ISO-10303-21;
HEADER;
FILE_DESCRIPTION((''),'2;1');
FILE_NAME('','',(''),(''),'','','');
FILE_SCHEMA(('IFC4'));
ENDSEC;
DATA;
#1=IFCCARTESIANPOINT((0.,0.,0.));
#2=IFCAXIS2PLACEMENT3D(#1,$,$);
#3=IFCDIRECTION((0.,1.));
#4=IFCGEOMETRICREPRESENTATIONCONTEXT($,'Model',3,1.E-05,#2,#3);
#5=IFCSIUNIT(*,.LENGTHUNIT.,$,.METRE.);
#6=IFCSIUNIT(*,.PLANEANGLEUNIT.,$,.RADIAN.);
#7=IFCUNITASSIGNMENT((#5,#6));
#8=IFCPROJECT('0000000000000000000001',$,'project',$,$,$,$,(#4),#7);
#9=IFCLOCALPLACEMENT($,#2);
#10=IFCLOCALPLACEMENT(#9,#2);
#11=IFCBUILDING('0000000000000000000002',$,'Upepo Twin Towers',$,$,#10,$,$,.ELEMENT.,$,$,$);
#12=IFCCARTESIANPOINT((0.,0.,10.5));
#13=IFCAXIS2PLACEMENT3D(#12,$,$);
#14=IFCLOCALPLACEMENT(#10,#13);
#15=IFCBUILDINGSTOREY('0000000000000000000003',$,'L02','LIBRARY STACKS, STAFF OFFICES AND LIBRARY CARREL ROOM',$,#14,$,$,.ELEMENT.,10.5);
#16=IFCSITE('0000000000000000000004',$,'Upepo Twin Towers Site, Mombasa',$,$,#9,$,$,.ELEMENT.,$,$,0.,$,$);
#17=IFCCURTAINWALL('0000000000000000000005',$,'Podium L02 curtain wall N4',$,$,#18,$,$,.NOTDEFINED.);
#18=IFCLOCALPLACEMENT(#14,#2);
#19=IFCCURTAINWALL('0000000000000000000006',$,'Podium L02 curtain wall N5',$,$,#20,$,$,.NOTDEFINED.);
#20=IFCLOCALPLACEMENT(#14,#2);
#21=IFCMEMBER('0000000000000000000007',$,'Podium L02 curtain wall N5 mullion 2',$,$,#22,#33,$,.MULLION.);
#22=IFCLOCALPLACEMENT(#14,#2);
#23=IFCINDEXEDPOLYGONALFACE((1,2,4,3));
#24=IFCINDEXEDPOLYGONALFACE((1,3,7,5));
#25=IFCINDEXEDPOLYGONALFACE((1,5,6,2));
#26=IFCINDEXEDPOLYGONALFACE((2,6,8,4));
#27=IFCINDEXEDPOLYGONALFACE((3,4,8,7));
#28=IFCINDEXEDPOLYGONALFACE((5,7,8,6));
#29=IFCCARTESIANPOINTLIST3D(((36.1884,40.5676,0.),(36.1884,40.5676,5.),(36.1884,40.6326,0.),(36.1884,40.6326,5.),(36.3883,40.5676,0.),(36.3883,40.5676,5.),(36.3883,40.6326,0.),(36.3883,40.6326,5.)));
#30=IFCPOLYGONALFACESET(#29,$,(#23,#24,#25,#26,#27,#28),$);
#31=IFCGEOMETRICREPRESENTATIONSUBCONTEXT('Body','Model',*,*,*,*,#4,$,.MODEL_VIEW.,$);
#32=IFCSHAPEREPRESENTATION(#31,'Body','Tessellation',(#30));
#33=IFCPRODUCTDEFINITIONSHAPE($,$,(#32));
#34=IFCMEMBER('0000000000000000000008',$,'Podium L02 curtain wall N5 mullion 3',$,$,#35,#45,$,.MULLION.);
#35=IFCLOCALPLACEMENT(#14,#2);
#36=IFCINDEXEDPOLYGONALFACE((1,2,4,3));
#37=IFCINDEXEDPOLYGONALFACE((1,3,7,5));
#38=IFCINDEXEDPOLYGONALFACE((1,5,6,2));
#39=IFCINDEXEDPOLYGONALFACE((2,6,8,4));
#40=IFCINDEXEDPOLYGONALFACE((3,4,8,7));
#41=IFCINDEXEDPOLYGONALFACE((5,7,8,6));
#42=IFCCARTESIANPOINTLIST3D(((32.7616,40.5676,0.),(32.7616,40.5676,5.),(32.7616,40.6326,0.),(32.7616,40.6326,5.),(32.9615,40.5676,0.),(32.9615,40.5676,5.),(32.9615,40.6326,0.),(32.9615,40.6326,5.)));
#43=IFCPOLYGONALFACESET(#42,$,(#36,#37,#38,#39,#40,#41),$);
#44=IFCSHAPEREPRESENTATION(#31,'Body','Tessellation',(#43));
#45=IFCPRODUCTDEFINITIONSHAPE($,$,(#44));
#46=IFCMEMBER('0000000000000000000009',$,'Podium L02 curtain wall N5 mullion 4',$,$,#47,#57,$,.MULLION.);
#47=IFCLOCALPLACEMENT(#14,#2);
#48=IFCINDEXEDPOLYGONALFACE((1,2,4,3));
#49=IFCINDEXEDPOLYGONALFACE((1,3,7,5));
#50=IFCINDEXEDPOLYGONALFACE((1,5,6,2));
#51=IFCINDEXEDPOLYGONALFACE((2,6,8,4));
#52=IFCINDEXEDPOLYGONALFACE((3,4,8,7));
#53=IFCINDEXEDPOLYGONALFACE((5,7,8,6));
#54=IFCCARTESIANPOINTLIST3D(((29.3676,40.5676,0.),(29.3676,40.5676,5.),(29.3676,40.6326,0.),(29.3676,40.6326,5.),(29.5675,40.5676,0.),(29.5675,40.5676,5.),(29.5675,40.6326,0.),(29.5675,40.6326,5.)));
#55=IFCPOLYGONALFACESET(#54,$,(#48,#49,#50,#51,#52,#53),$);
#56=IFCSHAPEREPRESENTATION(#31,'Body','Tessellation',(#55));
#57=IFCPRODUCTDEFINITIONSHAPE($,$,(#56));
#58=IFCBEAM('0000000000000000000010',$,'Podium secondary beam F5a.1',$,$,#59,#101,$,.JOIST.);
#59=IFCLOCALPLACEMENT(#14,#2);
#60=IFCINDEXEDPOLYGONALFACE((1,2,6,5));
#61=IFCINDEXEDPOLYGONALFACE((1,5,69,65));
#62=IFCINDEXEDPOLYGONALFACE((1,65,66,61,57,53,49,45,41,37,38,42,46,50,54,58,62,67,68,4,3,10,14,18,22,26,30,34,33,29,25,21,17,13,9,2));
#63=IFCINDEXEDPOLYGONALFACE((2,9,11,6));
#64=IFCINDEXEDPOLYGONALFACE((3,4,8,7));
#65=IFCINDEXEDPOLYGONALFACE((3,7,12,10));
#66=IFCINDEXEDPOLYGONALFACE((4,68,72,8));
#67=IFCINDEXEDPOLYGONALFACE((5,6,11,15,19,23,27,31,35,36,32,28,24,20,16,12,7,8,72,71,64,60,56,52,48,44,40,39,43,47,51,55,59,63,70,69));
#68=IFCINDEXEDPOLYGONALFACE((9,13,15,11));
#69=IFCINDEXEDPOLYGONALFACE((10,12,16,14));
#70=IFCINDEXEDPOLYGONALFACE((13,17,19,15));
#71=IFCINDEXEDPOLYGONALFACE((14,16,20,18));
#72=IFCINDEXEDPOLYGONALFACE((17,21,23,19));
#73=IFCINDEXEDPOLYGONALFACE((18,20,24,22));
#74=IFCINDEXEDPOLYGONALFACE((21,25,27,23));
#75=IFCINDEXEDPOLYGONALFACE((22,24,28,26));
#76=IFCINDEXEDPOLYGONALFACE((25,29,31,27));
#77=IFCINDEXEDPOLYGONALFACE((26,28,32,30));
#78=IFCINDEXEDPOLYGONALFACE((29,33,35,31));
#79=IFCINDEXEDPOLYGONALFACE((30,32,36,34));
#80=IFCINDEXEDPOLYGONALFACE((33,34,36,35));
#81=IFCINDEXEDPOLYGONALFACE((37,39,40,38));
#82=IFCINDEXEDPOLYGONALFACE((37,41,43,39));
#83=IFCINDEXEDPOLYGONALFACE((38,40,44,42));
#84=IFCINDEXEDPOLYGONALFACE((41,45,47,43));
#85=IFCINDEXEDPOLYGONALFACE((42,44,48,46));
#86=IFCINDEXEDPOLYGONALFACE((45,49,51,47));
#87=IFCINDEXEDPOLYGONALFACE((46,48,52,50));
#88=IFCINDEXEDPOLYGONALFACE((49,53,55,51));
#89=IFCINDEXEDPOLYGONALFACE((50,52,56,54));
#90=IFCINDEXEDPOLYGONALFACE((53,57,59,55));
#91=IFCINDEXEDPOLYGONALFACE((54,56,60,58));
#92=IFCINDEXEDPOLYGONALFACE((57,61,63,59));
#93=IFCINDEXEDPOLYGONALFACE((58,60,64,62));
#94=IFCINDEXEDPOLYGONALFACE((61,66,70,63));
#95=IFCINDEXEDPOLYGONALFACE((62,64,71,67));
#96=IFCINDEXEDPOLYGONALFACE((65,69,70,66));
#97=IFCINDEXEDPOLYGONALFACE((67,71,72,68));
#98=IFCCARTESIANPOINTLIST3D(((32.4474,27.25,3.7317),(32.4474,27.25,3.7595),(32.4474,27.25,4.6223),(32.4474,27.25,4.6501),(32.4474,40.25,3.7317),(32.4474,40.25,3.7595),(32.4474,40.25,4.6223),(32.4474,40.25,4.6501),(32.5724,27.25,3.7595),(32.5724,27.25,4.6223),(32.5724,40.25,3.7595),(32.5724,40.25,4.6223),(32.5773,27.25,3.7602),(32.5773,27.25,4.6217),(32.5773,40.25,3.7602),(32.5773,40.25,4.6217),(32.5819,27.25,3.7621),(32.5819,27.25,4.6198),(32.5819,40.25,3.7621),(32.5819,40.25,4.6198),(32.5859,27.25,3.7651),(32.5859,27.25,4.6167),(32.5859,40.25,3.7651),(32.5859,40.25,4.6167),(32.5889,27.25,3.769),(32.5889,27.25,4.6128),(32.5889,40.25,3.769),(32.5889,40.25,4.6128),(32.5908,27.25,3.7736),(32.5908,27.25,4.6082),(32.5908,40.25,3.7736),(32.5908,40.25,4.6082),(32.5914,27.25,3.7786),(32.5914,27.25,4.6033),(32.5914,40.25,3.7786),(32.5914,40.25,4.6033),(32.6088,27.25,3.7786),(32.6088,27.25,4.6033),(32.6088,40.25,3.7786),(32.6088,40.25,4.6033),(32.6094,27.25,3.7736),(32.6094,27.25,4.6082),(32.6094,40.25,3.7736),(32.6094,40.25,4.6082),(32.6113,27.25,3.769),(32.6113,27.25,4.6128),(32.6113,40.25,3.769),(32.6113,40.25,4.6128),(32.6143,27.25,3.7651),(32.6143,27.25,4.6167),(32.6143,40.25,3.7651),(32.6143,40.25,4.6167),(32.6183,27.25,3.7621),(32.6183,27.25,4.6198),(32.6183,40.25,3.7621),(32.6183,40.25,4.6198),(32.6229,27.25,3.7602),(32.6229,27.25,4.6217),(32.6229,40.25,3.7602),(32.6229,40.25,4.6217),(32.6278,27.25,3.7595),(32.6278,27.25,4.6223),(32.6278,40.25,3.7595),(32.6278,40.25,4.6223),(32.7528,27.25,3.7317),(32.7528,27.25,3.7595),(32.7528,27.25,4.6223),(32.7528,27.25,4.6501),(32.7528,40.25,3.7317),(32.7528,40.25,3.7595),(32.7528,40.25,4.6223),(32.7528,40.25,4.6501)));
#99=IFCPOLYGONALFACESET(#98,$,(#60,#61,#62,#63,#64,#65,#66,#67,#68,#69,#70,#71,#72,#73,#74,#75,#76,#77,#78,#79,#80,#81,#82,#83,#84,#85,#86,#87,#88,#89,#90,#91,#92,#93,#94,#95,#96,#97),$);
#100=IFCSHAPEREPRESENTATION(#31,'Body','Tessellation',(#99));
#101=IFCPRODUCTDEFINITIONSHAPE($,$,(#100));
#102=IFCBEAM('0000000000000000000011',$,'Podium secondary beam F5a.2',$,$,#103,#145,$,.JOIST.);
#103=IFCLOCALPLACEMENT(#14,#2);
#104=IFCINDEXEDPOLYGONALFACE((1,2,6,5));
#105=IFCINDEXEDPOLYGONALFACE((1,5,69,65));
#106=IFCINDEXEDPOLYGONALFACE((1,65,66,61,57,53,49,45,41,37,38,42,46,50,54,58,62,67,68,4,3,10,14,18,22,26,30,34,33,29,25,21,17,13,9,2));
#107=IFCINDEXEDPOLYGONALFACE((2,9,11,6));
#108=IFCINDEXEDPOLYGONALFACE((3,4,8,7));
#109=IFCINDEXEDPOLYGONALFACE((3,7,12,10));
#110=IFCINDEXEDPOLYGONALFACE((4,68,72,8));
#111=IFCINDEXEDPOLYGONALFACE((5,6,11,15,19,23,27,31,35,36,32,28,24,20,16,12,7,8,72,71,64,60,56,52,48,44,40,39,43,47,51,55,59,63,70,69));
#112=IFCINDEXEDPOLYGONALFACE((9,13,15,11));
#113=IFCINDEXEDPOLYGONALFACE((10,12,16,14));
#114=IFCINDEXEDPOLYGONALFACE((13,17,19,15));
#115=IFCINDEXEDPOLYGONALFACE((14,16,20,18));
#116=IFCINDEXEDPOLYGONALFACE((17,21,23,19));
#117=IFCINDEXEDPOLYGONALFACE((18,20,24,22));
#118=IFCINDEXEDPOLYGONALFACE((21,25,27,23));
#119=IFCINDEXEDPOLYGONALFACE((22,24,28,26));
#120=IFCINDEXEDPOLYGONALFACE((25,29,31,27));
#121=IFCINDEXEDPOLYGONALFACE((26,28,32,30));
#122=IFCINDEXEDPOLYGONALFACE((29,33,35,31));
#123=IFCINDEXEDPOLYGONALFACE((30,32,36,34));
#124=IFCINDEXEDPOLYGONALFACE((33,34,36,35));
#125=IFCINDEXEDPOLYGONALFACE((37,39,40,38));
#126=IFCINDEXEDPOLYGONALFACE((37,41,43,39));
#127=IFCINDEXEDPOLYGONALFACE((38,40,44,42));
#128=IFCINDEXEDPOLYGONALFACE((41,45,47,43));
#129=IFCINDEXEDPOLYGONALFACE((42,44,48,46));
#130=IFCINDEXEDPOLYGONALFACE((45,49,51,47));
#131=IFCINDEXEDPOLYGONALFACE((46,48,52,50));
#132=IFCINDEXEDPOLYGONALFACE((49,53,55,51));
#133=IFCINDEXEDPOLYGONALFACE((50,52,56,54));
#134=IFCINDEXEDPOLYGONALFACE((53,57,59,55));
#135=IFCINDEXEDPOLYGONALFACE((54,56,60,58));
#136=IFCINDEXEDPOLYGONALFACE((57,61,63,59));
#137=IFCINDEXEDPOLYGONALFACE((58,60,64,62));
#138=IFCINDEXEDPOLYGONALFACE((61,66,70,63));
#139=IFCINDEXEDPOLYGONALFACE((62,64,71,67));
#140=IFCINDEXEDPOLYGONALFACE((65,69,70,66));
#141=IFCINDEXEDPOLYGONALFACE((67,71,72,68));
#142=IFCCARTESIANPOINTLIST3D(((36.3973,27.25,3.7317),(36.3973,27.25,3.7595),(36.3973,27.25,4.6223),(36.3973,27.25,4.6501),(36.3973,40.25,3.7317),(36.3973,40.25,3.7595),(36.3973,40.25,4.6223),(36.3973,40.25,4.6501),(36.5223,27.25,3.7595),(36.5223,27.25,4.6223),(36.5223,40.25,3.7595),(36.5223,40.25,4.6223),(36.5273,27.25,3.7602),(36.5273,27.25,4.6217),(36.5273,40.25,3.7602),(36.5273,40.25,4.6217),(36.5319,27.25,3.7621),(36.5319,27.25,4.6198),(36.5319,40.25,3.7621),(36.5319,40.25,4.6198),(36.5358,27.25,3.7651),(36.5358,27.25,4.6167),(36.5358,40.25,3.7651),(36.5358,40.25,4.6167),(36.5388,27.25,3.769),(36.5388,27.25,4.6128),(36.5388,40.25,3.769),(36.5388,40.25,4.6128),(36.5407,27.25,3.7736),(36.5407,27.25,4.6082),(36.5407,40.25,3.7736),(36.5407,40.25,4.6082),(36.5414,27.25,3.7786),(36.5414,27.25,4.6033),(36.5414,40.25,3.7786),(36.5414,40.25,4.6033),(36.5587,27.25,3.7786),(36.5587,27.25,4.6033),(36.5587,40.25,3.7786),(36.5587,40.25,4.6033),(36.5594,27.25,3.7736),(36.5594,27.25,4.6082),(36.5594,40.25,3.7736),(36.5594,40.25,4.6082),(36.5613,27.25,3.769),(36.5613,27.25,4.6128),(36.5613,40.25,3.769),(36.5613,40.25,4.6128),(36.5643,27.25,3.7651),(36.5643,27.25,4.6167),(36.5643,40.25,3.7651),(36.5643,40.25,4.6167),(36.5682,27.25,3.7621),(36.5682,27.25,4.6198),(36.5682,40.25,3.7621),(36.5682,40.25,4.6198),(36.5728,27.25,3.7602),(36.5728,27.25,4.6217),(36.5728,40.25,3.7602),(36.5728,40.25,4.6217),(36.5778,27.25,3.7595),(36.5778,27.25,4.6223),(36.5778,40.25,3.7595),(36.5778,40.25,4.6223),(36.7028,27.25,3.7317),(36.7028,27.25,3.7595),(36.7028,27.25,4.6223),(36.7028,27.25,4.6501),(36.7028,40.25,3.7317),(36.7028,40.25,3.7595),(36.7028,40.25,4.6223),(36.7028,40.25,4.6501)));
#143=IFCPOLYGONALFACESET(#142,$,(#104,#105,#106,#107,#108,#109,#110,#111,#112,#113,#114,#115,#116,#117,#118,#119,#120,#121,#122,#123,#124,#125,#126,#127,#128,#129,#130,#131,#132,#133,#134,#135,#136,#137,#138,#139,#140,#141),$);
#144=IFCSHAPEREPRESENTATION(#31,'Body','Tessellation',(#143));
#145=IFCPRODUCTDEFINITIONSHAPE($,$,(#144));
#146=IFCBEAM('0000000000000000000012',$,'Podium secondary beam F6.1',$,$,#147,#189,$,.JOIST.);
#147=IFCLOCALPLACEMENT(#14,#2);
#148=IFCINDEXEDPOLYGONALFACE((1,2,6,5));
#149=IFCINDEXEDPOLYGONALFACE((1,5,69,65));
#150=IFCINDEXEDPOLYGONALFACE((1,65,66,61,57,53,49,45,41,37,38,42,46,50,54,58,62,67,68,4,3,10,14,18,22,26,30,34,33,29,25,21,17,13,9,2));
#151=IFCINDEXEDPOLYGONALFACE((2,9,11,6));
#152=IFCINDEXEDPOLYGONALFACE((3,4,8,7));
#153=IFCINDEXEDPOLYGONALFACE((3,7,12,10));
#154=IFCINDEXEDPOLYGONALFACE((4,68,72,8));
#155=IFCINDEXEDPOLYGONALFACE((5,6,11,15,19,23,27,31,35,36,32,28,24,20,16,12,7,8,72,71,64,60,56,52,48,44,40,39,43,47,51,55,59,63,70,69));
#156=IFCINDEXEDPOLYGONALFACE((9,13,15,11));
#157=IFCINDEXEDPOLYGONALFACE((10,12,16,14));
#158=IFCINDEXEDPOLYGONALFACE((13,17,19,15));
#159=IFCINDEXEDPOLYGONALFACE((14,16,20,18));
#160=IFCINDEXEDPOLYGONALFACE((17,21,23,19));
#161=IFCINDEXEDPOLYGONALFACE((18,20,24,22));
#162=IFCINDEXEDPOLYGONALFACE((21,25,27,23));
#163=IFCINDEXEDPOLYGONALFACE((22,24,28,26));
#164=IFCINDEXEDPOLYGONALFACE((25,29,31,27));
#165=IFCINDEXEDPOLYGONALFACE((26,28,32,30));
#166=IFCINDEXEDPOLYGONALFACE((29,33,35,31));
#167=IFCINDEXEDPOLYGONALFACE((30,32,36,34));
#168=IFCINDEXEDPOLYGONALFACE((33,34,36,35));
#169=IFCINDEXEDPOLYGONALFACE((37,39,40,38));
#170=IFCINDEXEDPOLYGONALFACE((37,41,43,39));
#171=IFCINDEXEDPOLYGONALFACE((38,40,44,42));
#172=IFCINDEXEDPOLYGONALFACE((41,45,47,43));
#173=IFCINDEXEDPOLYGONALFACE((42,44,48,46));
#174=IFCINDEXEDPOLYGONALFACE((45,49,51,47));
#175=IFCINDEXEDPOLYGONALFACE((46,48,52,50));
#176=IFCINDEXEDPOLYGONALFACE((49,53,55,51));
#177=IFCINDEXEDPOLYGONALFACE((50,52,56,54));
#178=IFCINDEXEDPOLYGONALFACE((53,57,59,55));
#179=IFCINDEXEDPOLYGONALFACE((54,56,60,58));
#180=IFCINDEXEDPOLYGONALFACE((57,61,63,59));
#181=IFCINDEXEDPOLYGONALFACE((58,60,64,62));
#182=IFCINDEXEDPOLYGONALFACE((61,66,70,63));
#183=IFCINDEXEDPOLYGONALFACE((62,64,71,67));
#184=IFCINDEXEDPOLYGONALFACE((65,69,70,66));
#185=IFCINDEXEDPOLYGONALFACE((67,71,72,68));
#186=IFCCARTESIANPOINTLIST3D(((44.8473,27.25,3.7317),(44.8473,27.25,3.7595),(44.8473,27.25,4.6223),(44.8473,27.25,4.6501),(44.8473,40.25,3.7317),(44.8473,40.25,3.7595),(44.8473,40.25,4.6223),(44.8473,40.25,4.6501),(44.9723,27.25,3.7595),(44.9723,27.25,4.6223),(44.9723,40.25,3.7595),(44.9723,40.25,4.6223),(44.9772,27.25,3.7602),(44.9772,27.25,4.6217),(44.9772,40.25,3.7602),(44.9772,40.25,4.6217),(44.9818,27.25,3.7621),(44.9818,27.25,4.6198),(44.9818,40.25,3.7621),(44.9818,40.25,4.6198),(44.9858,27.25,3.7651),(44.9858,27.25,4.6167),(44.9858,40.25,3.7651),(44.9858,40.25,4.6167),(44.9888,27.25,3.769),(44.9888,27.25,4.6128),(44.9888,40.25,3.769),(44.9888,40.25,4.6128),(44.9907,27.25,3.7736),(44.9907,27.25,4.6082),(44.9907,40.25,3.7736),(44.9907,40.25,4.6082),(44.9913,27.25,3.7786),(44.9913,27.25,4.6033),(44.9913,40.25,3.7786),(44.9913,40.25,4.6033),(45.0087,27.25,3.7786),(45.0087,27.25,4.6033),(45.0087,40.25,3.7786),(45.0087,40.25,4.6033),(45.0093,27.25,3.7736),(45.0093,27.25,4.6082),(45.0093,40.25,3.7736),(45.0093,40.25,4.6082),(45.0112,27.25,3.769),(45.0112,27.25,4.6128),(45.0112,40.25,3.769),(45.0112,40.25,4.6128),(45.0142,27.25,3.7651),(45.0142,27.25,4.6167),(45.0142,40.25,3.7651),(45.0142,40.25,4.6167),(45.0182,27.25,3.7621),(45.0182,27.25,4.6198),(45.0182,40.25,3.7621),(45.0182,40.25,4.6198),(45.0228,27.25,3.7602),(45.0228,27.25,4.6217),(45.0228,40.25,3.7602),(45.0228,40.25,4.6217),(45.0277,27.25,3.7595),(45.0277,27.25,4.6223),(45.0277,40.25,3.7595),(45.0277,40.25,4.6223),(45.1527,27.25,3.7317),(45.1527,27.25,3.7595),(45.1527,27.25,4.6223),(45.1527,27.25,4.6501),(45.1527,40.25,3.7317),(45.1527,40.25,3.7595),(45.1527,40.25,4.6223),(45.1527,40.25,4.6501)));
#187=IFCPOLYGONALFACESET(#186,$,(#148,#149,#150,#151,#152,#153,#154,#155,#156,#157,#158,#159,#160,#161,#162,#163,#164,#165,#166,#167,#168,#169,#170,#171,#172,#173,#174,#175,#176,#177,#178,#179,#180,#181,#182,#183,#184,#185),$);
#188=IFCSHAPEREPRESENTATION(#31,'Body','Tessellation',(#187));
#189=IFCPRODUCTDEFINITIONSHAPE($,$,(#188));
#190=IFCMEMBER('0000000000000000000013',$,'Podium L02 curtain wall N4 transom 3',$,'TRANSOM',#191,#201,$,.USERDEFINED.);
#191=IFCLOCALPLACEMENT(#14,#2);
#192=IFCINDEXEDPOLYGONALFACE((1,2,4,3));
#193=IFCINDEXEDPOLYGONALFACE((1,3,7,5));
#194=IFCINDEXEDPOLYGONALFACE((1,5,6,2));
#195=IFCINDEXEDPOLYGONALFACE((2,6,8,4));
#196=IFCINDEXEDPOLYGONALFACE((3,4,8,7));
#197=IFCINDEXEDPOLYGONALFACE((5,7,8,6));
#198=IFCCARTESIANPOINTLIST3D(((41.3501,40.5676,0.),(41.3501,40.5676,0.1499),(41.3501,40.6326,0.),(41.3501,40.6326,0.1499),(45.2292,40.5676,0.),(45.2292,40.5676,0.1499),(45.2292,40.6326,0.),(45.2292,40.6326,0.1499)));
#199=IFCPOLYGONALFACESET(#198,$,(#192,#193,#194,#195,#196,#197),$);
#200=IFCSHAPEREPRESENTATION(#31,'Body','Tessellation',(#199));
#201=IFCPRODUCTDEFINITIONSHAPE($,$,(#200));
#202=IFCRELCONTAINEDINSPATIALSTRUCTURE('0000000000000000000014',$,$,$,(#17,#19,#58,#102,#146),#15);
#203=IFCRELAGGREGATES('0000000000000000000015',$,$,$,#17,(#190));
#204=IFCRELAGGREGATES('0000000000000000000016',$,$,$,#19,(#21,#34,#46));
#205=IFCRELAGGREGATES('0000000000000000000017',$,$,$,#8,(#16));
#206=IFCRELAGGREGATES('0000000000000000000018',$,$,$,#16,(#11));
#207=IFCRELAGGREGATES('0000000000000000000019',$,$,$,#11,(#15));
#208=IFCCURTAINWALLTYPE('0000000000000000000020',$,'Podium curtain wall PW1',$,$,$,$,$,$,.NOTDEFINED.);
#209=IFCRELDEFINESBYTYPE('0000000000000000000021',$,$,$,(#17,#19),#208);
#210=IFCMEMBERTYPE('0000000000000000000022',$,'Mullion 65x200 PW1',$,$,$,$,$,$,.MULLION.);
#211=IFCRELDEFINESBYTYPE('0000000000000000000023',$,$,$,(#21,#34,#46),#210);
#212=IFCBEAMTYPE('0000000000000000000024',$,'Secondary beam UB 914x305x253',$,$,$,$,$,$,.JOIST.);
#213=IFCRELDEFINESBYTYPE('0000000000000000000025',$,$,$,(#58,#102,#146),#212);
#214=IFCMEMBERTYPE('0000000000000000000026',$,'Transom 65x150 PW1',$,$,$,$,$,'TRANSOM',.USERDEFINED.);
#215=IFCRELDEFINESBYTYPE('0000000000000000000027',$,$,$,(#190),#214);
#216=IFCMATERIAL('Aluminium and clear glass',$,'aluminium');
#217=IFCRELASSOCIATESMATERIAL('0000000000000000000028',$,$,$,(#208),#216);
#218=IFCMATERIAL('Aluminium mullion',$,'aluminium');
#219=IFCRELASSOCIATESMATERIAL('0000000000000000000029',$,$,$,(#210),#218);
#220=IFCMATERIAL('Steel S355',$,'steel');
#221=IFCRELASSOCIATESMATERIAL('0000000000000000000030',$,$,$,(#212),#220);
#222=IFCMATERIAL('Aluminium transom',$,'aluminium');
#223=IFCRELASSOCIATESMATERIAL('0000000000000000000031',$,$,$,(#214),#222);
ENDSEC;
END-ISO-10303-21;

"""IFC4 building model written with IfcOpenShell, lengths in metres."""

from ifc_helpers import new_model, si_unit, direction, frame, origin, origin_2d, place, context, subcontext, project, spatial, rectangle, i_section, extrude, material, material_profile, profile_set, type_object, element, aggregate, save


model = new_model("IFC4")

# Units and contexts
model_context = context("Model", 3, precision=1e-05, world=origin(), true_north=direction((0.0, 1.0)))
body_context = subcontext(model_context, "Body", "Model", "MODEL_VIEW")
ifc_project = project(units=[si_unit("LENGTHUNIT", "METRE"), si_unit("PLANEANGLEUNIT", "RADIAN")], contexts=[model_context])

# Site, building, storey
site_placement = place(None, origin())
site = spatial("IfcSite", under=ifc_project, at=site_placement, Name="Upepo Twin Towers Site, Mombasa", CompositionType="ELEMENT", RefElevation=0.0)
building_placement = place(site_placement, origin())
building = spatial("IfcBuilding", under=site, at=building_placement, Name="Upepo Twin Towers", CompositionType="ELEMENT")
storey_placement = place(building_placement, frame((0.0, 0.0, 10.5)))
storey = spatial("IfcBuildingStorey", under=building, at=storey_placement, Name="L02", Description="LIBRARY STACKS, STAFF OFFICES AND LIBRARY CARREL ROOM", CompositionType="ELEMENT", Elevation=10.5)

# Curtain walls, members
ifc_material_1 = material(Name="Aluminium and clear glass", Category="aluminium")
curtain_wall_type = type_object("IfcCurtainWallType", Name="Podium curtain wall PW1", PredefinedType="NOTDEFINED", material=ifc_material_1)
curtain_wall_1_placement = place(storey_placement, origin())
curtain_wall_1 = element("IfcCurtainWall", 1, at=curtain_wall_1_placement, inside=storey, type_object=curtain_wall_type, Name="Podium L02 curtain wall N4", PredefinedType="NOTDEFINED")
ifc_material_2 = material(Name="Aluminium mullion", Category="aluminium")
ifc_material_profile_1 = material_profile(ifc_material_2, rectangle(XDim=0.0649, YDim=0.2, at=origin_2d()), Name="MULLION 65x200 PODIUM")
ifc_profile_set_1 = profile_set([ifc_material_profile_1], Name="Aluminium mullion")
member_type_1 = type_object("IfcMemberType", Name="Mullion 65x200 PW1", PredefinedType="MULLION", material=ifc_profile_set_1)
curtain_wall_2_placement = place(storey_placement, origin())
curtain_wall_2 = element("IfcCurtainWall", 2, at=curtain_wall_2_placement, inside=storey, type_object=curtain_wall_type, Name="Podium L02 curtain wall N5", PredefinedType="NOTDEFINED")
member_1_placement = place(storey_placement, frame((36.2883, 40.6001, 0.0), z_axis=(0.0, 0.0, 1.0), x_axis=(0.0, -1.0, 0.0)))
member_1 = element("IfcMember", 3, at=member_1_placement, type_object=member_type_1, Name="Podium L02 curtain wall N5 mullion 2", PredefinedType="MULLION", context=body_context, shape_type="SweptSolid", body=[
    extrude(rectangle(XDim=0.0649, YDim=0.2, at=origin_2d()), origin(), (0.0, 0.0, 1.0), 5.0),
])
member_2_placement = place(storey_placement, frame((32.8616, 40.6001, 0.0), z_axis=(0.0, 0.0, 1.0), x_axis=(0.0, -1.0, 0.0)))
member_2 = element("IfcMember", 4, at=member_2_placement, type_object=member_type_1, Name="Podium L02 curtain wall N5 mullion 3", PredefinedType="MULLION", context=body_context, shape_type="SweptSolid", body=[
    extrude(rectangle(XDim=0.0649, YDim=0.2, at=origin_2d()), origin(), (0.0, 0.0, 1.0), 5.0),
])
member_3_placement = place(storey_placement, frame((29.4675, 40.6001, 0.0), z_axis=(0.0, 0.0, 1.0), x_axis=(0.0, -1.0, 0.0)))
member_3 = element("IfcMember", 5, at=member_3_placement, type_object=member_type_1, Name="Podium L02 curtain wall N5 mullion 4", PredefinedType="MULLION", context=body_context, shape_type="SweptSolid", body=[
    extrude(rectangle(XDim=0.0649, YDim=0.2, at=origin_2d()), origin(), (0.0, 0.0, 1.0), 5.0),
])

# Beams
ifc_material_3 = material(Name="Steel S355", Category="steel")
ifc_material_profile_2 = material_profile(ifc_material_3, i_section(OverallWidth=0.3054, OverallDepth=0.9185, WebThickness=0.0173, FlangeThickness=0.0278, FilletRadius=0.019, at=origin_2d()), Name="UB 914x305x253")
ifc_profile_set_2 = profile_set([ifc_material_profile_2], Name="Steel S355")
beam_type_1 = type_object("IfcBeamType", Name="Secondary beam UB 914x305x253", PredefinedType="JOIST", material=ifc_profile_set_2)
for number, where, z_axis, x_axis, name in (
    (6, (32.6001, 27.25, 4.1909), (0.0, 1.0, 0.0), (-1.0, 0.0, 0.0), "Podium secondary beam F5a.1"),
    (7, (36.55, 27.25, 4.1909), (0.0, 1.0, 0.0), (-1.0, 0.0, 0.0), "Podium secondary beam F5a.2"),
    (8, (45.0, 27.25, 4.1909), (0.0, 1.0, 0.0), (-1.0, 0.0, 0.0), "Podium secondary beam F6.1"),
):
    element("IfcBeam", number, at=place(storey_placement, frame(where, z_axis=z_axis, x_axis=x_axis)), inside=storey, type_object=beam_type_1, Name=name, PredefinedType="JOIST", context=body_context, shape_type="SweptSolid", body=[
        extrude(i_section(OverallWidth=0.3054, OverallDepth=0.9185, WebThickness=0.0173, FlangeThickness=0.0278, FilletRadius=0.019, at=origin_2d()), origin(), (0.0, 0.0, 1.0), 13.0),
    ])

# Member
ifc_material_4 = material(Name="Aluminium transom", Category="aluminium")
ifc_material_profile_3 = material_profile(ifc_material_4, rectangle(XDim=0.0649, YDim=0.1499, at=origin_2d()), Name="TRANSOM 65x150 PODIUM")
ifc_profile_set_3 = profile_set([ifc_material_profile_3], Name="Aluminium transom")
member_type_2 = type_object("IfcMemberType", Name="Transom 65x150 PW1", ElementType="TRANSOM", PredefinedType="USERDEFINED", material=ifc_profile_set_3)
member_4_placement = place(storey_placement, frame((45.2292, 40.6001, 0.075), z_axis=(-1.0, 0.0, 0.0), x_axis=(0.0, -1.0, 0.0)))
member_4 = element("IfcMember", 9, at=member_4_placement, type_object=member_type_2, Name="Podium L02 curtain wall N4 transom 3", ObjectType="TRANSOM", PredefinedType="USERDEFINED", context=body_context, shape_type="SweptSolid", body=[
    extrude(rectangle(XDim=0.0649, YDim=0.1499, at=origin_2d()), origin(), (0.0, 0.0, 1.0), 3.8792),
])

aggregate(curtain_wall_1, [member_4])
aggregate(curtain_wall_2, [member_1, member_2, member_3])

save(model, "model.ifc")
